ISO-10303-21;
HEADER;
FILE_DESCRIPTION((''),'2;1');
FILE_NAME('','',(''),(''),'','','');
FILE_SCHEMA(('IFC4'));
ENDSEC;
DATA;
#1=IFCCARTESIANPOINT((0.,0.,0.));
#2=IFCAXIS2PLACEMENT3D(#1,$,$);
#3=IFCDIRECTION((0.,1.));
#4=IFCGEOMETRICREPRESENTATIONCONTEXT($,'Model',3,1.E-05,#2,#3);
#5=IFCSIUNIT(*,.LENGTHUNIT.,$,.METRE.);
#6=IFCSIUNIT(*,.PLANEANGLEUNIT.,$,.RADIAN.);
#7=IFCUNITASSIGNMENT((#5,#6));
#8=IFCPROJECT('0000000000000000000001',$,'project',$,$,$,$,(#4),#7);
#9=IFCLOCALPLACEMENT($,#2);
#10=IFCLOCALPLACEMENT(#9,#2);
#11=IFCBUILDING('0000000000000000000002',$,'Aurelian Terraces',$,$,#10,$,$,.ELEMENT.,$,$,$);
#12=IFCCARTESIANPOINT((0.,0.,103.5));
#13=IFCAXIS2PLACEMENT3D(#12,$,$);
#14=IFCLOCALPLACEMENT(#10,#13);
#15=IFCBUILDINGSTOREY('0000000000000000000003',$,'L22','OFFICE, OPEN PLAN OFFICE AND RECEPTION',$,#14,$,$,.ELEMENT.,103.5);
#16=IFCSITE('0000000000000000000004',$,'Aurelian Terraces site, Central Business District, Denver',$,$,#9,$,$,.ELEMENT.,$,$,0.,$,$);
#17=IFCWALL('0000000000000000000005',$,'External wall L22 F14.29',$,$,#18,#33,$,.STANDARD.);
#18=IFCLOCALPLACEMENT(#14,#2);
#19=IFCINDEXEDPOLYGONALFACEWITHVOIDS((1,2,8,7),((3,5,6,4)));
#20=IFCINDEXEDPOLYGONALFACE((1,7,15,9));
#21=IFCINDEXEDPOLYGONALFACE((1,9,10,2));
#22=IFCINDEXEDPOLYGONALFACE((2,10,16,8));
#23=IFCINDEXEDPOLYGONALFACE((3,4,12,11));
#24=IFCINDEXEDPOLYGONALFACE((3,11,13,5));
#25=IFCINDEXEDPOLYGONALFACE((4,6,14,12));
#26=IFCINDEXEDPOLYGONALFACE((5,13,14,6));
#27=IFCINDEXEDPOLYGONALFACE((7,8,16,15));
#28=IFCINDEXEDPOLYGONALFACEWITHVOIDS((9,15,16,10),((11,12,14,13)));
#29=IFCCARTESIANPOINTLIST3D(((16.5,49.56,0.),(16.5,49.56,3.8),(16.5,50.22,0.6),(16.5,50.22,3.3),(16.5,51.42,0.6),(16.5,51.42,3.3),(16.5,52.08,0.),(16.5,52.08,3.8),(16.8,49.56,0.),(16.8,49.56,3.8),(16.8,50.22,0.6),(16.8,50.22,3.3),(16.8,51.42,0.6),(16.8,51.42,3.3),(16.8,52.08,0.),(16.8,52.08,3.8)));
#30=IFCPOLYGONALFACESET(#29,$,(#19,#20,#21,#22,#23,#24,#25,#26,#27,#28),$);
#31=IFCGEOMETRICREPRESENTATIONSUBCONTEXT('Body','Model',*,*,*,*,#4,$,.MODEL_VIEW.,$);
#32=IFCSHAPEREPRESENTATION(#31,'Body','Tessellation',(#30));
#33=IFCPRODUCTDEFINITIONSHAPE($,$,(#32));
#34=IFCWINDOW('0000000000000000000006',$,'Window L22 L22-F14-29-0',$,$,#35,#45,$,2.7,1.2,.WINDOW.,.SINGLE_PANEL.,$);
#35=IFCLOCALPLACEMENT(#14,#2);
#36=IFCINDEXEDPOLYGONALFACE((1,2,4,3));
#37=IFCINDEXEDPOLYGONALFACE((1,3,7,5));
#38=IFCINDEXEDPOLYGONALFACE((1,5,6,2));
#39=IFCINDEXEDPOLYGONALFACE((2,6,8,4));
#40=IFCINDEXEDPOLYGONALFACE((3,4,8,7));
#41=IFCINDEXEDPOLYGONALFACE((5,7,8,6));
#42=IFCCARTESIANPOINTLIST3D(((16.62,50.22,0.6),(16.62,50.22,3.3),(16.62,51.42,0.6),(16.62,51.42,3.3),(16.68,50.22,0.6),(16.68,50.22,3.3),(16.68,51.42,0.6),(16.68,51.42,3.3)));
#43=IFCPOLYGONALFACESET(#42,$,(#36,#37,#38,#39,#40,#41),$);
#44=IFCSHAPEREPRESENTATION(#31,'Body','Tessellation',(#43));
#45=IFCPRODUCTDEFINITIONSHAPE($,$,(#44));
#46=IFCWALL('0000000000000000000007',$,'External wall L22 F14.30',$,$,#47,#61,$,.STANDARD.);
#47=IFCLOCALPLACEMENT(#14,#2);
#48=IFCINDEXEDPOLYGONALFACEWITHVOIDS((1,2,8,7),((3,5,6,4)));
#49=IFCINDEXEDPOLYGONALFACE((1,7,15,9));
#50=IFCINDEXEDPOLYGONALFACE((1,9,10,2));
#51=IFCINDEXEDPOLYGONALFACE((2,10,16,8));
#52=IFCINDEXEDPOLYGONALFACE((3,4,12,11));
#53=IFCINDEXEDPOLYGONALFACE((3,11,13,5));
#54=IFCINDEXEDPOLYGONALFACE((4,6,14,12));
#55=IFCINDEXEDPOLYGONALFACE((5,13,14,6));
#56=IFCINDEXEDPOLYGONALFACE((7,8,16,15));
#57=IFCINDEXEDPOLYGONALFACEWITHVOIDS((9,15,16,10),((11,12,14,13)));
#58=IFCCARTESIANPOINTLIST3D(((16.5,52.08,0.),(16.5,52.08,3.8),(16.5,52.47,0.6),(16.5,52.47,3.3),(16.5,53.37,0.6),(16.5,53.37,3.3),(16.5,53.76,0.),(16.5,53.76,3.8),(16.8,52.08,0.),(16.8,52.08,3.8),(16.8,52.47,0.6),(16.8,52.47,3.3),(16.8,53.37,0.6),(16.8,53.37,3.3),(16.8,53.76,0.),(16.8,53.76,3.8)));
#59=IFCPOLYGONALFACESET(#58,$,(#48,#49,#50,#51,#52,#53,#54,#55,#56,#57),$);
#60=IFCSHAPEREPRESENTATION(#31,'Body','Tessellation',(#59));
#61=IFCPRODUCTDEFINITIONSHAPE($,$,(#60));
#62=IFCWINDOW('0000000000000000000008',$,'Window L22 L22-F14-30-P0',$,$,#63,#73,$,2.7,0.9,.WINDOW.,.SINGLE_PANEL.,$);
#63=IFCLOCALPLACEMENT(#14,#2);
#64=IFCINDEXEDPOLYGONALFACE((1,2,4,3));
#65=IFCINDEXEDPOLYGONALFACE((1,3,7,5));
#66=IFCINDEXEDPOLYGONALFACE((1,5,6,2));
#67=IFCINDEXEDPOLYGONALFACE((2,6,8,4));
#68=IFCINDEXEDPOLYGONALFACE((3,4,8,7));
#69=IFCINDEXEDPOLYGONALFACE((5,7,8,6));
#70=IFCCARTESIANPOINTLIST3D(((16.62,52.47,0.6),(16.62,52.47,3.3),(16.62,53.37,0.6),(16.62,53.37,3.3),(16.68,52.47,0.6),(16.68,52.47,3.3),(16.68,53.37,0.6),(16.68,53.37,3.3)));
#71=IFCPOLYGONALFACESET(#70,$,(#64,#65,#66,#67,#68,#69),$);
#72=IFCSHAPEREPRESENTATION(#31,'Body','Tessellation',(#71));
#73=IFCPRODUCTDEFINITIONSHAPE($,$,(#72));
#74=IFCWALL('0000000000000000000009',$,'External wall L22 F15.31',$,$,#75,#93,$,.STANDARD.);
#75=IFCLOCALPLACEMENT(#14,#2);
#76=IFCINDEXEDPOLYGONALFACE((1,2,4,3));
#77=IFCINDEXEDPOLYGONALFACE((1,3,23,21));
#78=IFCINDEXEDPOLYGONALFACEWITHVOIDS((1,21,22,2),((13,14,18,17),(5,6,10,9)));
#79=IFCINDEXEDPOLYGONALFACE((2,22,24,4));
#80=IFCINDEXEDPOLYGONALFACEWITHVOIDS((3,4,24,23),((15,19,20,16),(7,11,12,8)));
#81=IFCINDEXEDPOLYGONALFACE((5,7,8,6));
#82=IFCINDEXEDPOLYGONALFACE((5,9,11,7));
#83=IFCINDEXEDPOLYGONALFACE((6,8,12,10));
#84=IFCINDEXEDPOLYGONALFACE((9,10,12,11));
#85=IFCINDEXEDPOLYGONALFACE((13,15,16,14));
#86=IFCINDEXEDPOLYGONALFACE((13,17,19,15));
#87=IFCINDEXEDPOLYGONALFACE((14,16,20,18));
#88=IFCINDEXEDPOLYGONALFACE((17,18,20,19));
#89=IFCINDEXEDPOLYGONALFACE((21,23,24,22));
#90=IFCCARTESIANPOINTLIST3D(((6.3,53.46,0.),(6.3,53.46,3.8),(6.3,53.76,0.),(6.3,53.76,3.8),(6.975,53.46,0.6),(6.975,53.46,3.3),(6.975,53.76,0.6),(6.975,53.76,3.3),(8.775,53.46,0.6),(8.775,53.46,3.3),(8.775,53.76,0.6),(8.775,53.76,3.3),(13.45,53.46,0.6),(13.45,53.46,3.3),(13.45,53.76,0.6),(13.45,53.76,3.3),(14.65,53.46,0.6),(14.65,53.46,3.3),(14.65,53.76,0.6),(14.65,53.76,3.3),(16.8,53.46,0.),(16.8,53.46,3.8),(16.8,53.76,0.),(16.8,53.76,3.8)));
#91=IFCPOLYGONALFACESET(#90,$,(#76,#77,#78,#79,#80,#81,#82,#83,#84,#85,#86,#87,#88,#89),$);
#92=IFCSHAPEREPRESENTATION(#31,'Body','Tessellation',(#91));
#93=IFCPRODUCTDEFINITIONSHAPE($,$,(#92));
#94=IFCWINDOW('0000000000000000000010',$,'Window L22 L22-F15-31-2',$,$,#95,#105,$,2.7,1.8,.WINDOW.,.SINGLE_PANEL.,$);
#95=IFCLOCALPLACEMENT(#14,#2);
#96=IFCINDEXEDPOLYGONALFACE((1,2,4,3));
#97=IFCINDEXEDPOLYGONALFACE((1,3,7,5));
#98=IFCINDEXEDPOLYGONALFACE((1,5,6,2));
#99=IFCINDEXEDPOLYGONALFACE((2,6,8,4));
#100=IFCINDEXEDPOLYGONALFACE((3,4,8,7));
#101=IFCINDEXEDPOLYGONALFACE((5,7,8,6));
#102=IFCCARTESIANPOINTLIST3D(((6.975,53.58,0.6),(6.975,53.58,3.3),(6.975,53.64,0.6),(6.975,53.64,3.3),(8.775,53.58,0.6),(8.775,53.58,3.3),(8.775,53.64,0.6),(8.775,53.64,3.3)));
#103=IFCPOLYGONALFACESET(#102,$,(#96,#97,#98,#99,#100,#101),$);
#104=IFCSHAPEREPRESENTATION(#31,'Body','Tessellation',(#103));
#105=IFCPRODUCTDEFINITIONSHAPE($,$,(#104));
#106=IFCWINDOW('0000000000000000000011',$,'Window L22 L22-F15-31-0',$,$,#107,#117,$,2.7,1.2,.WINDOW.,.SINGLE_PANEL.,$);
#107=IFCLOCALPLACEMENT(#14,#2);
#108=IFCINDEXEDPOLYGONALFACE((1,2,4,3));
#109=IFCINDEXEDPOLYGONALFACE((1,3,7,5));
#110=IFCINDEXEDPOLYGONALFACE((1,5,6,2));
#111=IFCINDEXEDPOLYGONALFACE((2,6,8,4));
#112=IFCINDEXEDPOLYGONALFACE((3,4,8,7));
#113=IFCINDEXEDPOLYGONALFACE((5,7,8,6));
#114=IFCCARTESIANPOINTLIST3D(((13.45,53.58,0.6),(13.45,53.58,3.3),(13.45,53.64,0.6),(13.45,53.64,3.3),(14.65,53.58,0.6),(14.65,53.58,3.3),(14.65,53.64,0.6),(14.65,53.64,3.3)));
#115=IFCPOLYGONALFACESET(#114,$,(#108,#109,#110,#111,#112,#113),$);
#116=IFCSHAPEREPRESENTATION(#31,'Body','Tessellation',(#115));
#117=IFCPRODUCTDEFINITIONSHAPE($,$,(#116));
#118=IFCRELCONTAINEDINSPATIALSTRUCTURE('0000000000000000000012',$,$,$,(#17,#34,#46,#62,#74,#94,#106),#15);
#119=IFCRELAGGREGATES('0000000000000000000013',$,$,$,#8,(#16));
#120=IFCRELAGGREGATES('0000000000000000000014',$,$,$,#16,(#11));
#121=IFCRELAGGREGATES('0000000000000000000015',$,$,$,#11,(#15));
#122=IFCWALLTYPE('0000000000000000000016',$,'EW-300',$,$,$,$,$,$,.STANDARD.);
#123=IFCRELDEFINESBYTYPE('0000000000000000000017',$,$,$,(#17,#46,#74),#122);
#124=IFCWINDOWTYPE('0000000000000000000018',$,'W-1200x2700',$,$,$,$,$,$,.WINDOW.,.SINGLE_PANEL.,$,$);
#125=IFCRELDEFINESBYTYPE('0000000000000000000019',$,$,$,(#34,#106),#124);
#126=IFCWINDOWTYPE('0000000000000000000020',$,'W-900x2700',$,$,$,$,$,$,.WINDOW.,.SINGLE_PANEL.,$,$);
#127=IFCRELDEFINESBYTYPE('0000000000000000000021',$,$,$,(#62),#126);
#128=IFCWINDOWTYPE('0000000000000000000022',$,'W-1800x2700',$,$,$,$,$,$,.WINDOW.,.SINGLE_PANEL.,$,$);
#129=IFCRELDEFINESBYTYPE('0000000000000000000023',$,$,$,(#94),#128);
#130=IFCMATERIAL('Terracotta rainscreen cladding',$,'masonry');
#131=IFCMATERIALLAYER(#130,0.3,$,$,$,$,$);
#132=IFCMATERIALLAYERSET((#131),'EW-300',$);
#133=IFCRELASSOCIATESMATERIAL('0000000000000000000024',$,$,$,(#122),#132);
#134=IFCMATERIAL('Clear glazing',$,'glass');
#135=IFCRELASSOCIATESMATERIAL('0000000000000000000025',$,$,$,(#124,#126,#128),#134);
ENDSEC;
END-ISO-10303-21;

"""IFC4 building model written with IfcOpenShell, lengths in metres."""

from ifc_helpers import new_model, si_unit, direction, frame, frame_2d, origin, place, context, subcontext, project, spatial, rectangle, extrude, source, transform, mapped, material, layer, layer_set, type_object, element, fill, save


model = new_model("IFC4")

# Units and contexts
model_context = context("Model", 3, precision=1e-05, world=origin(), true_north=direction((0.0, 1.0)))
body_context = subcontext(model_context, "Body", "Model", "MODEL_VIEW")
ifc_project = project(units=[si_unit("LENGTHUNIT", "METRE"), si_unit("PLANEANGLEUNIT", "RADIAN")], contexts=[model_context])

# Site, building, storey
site_placement = place(None, origin())
site = spatial("IfcSite", under=ifc_project, at=site_placement, Name="Aurelian Terraces site, Central Business District, Denver", CompositionType="ELEMENT", RefElevation=0.0)
building_placement = place(site_placement, origin())
building = spatial("IfcBuilding", under=site, at=building_placement, Name="Aurelian Terraces", CompositionType="ELEMENT")
storey_placement = place(building_placement, frame((0.0, 0.0, 103.5)))
storey = spatial("IfcBuildingStorey", under=building, at=storey_placement, Name="L22", Description="OFFICE, OPEN PLAN OFFICE AND RECEPTION", CompositionType="ELEMENT", Elevation=103.5)

# Walls, openings, windows
ifc_material_1 = material(Name="Terracotta rainscreen cladding", Category="masonry")
ifc_layer_1 = layer(ifc_material_1, 0.3)
ifc_layer_set_1 = layer_set([ifc_layer_1], Name="EW-300")
wall_type_1 = type_object("IfcWallType", Name="EW-300", PredefinedType="STANDARD", material=ifc_layer_set_1)
shared_shape_1 = source(origin(), body_context, "Body", "SweptSolid", [
    extrude(rectangle(XDim=2.52, YDim=0.3, at=frame_2d((1.26, 0.0))), origin(), (0.0, 0.0, 1.0), 3.8),
])
wall_1_placement = place(storey_placement, frame((16.65, 49.56, 0.0), z_axis=(0.0, 0.0, 1.0), x_axis=(0.0, 1.0, 0.0)))
wall_1 = element("IfcWall", 1, at=wall_1_placement, inside=storey, type_object=wall_type_1, Name="External wall L22 F14.29", PredefinedType="STANDARD", context=body_context, shape_type="MappedRepresentation", body=[
    mapped(shared_shape_1, transform((0.0, 0.0, 0.0), scale=1.0)),
])
shared_shape_2 = source(origin(), body_context, "Body", "SweptSolid", [
    extrude(rectangle(XDim=1.2, YDim=2.7, at=frame_2d((0.6, 1.35))), frame((0.0, 0.16, 0.0), z_axis=(0.0, -1.0, 0.0), x_axis=(1.0, 0.0, 0.0)), (0.0, 0.0, 1.0), 0.32),
])
opening_1_placement = place(wall_1_placement, frame((0.66, 0.0, 0.6)))
opening_1 = element("IfcOpeningElement", 2, at=opening_1_placement, cuts=wall_1, PredefinedType="OPENING", context=body_context, shape_type="MappedRepresentation", body=[
    mapped(shared_shape_2, transform((0.0, 0.0, 0.0), scale=1.0)),
])
ifc_material_2 = material(Name="Clear glazing", Category="glass")
window_type_1 = type_object("IfcWindowType", Name="W-1200x2700", PartitioningType="SINGLE_PANEL", PredefinedType="WINDOW", material=ifc_material_2)
shared_shape_3 = source(origin(), body_context, "Body", "SweptSolid", [
    extrude(rectangle(XDim=1.2, YDim=2.7, at=frame_2d((0.6, 1.35))), frame((0.0, 0.03, 0.0), z_axis=(0.0, -1.0, 0.0), x_axis=(1.0, 0.0, 0.0)), (0.0, 0.0, 1.0), 0.06),
])
window_1_placement = place(opening_1_placement, origin())
window_1 = element("IfcWindow", 3, at=window_1_placement, inside=storey, type_object=window_type_1, Name="Window L22 L22-F14-29-0", OverallHeight=2.7, OverallWidth=1.2, PartitioningType="SINGLE_PANEL", PredefinedType="WINDOW", context=body_context, shape_type="MappedRepresentation", body=[
    mapped(shared_shape_3, transform((0.0, 0.0, 0.0), scale=1.0)),
])
fill(opening_1, window_1)
shared_shape_4 = source(origin(), body_context, "Body", "SweptSolid", [
    extrude(rectangle(XDim=1.68, YDim=0.3, at=frame_2d((0.84, 0.0))), origin(), (0.0, 0.0, 1.0), 3.8),
])
wall_2_placement = place(storey_placement, frame((16.65, 52.08, 0.0), z_axis=(0.0, 0.0, 1.0), x_axis=(0.0, 1.0, 0.0)))
wall_2 = element("IfcWall", 4, at=wall_2_placement, inside=storey, type_object=wall_type_1, Name="External wall L22 F14.30", PredefinedType="STANDARD", context=body_context, shape_type="MappedRepresentation", body=[
    mapped(shared_shape_4, transform((0.0, 0.0, 0.0), scale=1.0)),
])
shared_shape_5 = source(origin(), body_context, "Body", "SweptSolid", [
    extrude(rectangle(XDim=0.9, YDim=2.7, at=frame_2d((0.45, 1.35))), frame((0.0, 0.16, 0.0), z_axis=(0.0, -1.0, 0.0), x_axis=(1.0, 0.0, 0.0)), (0.0, 0.0, 1.0), 0.32),
])
opening_2_placement = place(wall_2_placement, frame((0.39, 0.0, 0.6)))
opening_2 = element("IfcOpeningElement", 5, at=opening_2_placement, cuts=wall_2, PredefinedType="OPENING", context=body_context, shape_type="MappedRepresentation", body=[
    mapped(shared_shape_5, transform((0.0, 0.0, 0.0), scale=1.0)),
])
window_type_2 = type_object("IfcWindowType", Name="W-900x2700", PartitioningType="SINGLE_PANEL", PredefinedType="WINDOW", material=ifc_material_2)
shared_shape_6 = source(origin(), body_context, "Body", "SweptSolid", [
    extrude(rectangle(XDim=0.9, YDim=2.7, at=frame_2d((0.45, 1.35))), frame((0.0, 0.03, 0.0), z_axis=(0.0, -1.0, 0.0), x_axis=(1.0, 0.0, 0.0)), (0.0, 0.0, 1.0), 0.06),
])
window_2_placement = place(opening_2_placement, origin())
window_2 = element("IfcWindow", 6, at=window_2_placement, inside=storey, type_object=window_type_2, Name="Window L22 L22-F14-30-P0", OverallHeight=2.7, OverallWidth=0.9, PartitioningType="SINGLE_PANEL", PredefinedType="WINDOW", context=body_context, shape_type="MappedRepresentation", body=[
    mapped(shared_shape_6, transform((0.0, 0.0, 0.0), scale=1.0)),
])
fill(opening_2, window_2)

# Wall, openings, windows
shared_shape_7 = source(origin(), body_context, "Body", "SweptSolid", [
    extrude(rectangle(XDim=10.5, YDim=0.3, at=frame_2d((5.25, 0.0))), origin(), (0.0, 0.0, 1.0), 3.8),
])
wall_3_placement = place(storey_placement, frame((16.8, 53.61, 0.0), z_axis=(0.0, 0.0, 1.0), x_axis=(-1.0, 0.0, 0.0)))
wall_3 = element("IfcWall", 7, at=wall_3_placement, inside=storey, type_object=wall_type_1, Name="External wall L22 F15.31", PredefinedType="STANDARD", context=body_context, shape_type="MappedRepresentation", body=[
    mapped(shared_shape_7, transform((0.0, 0.0, 0.0), scale=1.0)),
])
opening_3_placement = place(wall_3_placement, frame((2.15, 0.0, 0.6)))
opening_3 = element("IfcOpeningElement", 8, at=opening_3_placement, cuts=wall_3, PredefinedType="OPENING", context=body_context, shape_type="MappedRepresentation", body=[
    mapped(shared_shape_2, transform((0.0, 0.0, 0.0), scale=1.0)),
])
shared_shape_8 = source(origin(), body_context, "Body", "SweptSolid", [
    extrude(rectangle(XDim=1.8, YDim=2.7, at=frame_2d((0.9, 1.35))), frame((0.0, 0.16, 0.0), z_axis=(0.0, -1.0, 0.0), x_axis=(1.0, 0.0, 0.0)), (0.0, 0.0, 1.0), 0.32),
])
opening_4_placement = place(wall_3_placement, frame((8.025, 0.0, 0.6)))
opening_4 = element("IfcOpeningElement", 9, at=opening_4_placement, cuts=wall_3, PredefinedType="OPENING", context=body_context, shape_type="MappedRepresentation", body=[
    mapped(shared_shape_8, transform((0.0, 0.0, 0.0), scale=1.0)),
])
window_type_3 = type_object("IfcWindowType", Name="W-1800x2700", PartitioningType="SINGLE_PANEL", PredefinedType="WINDOW", material=ifc_material_2)
shared_shape_9 = source(origin(), body_context, "Body", "SweptSolid", [
    extrude(rectangle(XDim=1.8, YDim=2.7, at=frame_2d((0.9, 1.35))), frame((0.0, 0.03, 0.0), z_axis=(0.0, -1.0, 0.0), x_axis=(1.0, 0.0, 0.0)), (0.0, 0.0, 1.0), 0.06),
])
window_3_placement = place(opening_4_placement, origin())
window_3 = element("IfcWindow", 10, at=window_3_placement, inside=storey, type_object=window_type_3, Name="Window L22 L22-F15-31-2", OverallHeight=2.7, OverallWidth=1.8, PartitioningType="SINGLE_PANEL", PredefinedType="WINDOW", context=body_context, shape_type="MappedRepresentation", body=[
    mapped(shared_shape_9, transform((0.0, 0.0, 0.0), scale=1.0)),
])
fill(opening_4, window_3)
window_4_placement = place(opening_3_placement, origin())
window_4 = element("IfcWindow", 11, at=window_4_placement, inside=storey, type_object=window_type_1, Name="Window L22 L22-F15-31-0", OverallHeight=2.7, OverallWidth=1.2, PartitioningType="SINGLE_PANEL", PredefinedType="WINDOW", context=body_context, shape_type="MappedRepresentation", body=[
    mapped(shared_shape_3, transform((0.0, 0.0, 0.0), scale=1.0)),
])
fill(opening_3, window_4)

save(model, "model.ifc")
